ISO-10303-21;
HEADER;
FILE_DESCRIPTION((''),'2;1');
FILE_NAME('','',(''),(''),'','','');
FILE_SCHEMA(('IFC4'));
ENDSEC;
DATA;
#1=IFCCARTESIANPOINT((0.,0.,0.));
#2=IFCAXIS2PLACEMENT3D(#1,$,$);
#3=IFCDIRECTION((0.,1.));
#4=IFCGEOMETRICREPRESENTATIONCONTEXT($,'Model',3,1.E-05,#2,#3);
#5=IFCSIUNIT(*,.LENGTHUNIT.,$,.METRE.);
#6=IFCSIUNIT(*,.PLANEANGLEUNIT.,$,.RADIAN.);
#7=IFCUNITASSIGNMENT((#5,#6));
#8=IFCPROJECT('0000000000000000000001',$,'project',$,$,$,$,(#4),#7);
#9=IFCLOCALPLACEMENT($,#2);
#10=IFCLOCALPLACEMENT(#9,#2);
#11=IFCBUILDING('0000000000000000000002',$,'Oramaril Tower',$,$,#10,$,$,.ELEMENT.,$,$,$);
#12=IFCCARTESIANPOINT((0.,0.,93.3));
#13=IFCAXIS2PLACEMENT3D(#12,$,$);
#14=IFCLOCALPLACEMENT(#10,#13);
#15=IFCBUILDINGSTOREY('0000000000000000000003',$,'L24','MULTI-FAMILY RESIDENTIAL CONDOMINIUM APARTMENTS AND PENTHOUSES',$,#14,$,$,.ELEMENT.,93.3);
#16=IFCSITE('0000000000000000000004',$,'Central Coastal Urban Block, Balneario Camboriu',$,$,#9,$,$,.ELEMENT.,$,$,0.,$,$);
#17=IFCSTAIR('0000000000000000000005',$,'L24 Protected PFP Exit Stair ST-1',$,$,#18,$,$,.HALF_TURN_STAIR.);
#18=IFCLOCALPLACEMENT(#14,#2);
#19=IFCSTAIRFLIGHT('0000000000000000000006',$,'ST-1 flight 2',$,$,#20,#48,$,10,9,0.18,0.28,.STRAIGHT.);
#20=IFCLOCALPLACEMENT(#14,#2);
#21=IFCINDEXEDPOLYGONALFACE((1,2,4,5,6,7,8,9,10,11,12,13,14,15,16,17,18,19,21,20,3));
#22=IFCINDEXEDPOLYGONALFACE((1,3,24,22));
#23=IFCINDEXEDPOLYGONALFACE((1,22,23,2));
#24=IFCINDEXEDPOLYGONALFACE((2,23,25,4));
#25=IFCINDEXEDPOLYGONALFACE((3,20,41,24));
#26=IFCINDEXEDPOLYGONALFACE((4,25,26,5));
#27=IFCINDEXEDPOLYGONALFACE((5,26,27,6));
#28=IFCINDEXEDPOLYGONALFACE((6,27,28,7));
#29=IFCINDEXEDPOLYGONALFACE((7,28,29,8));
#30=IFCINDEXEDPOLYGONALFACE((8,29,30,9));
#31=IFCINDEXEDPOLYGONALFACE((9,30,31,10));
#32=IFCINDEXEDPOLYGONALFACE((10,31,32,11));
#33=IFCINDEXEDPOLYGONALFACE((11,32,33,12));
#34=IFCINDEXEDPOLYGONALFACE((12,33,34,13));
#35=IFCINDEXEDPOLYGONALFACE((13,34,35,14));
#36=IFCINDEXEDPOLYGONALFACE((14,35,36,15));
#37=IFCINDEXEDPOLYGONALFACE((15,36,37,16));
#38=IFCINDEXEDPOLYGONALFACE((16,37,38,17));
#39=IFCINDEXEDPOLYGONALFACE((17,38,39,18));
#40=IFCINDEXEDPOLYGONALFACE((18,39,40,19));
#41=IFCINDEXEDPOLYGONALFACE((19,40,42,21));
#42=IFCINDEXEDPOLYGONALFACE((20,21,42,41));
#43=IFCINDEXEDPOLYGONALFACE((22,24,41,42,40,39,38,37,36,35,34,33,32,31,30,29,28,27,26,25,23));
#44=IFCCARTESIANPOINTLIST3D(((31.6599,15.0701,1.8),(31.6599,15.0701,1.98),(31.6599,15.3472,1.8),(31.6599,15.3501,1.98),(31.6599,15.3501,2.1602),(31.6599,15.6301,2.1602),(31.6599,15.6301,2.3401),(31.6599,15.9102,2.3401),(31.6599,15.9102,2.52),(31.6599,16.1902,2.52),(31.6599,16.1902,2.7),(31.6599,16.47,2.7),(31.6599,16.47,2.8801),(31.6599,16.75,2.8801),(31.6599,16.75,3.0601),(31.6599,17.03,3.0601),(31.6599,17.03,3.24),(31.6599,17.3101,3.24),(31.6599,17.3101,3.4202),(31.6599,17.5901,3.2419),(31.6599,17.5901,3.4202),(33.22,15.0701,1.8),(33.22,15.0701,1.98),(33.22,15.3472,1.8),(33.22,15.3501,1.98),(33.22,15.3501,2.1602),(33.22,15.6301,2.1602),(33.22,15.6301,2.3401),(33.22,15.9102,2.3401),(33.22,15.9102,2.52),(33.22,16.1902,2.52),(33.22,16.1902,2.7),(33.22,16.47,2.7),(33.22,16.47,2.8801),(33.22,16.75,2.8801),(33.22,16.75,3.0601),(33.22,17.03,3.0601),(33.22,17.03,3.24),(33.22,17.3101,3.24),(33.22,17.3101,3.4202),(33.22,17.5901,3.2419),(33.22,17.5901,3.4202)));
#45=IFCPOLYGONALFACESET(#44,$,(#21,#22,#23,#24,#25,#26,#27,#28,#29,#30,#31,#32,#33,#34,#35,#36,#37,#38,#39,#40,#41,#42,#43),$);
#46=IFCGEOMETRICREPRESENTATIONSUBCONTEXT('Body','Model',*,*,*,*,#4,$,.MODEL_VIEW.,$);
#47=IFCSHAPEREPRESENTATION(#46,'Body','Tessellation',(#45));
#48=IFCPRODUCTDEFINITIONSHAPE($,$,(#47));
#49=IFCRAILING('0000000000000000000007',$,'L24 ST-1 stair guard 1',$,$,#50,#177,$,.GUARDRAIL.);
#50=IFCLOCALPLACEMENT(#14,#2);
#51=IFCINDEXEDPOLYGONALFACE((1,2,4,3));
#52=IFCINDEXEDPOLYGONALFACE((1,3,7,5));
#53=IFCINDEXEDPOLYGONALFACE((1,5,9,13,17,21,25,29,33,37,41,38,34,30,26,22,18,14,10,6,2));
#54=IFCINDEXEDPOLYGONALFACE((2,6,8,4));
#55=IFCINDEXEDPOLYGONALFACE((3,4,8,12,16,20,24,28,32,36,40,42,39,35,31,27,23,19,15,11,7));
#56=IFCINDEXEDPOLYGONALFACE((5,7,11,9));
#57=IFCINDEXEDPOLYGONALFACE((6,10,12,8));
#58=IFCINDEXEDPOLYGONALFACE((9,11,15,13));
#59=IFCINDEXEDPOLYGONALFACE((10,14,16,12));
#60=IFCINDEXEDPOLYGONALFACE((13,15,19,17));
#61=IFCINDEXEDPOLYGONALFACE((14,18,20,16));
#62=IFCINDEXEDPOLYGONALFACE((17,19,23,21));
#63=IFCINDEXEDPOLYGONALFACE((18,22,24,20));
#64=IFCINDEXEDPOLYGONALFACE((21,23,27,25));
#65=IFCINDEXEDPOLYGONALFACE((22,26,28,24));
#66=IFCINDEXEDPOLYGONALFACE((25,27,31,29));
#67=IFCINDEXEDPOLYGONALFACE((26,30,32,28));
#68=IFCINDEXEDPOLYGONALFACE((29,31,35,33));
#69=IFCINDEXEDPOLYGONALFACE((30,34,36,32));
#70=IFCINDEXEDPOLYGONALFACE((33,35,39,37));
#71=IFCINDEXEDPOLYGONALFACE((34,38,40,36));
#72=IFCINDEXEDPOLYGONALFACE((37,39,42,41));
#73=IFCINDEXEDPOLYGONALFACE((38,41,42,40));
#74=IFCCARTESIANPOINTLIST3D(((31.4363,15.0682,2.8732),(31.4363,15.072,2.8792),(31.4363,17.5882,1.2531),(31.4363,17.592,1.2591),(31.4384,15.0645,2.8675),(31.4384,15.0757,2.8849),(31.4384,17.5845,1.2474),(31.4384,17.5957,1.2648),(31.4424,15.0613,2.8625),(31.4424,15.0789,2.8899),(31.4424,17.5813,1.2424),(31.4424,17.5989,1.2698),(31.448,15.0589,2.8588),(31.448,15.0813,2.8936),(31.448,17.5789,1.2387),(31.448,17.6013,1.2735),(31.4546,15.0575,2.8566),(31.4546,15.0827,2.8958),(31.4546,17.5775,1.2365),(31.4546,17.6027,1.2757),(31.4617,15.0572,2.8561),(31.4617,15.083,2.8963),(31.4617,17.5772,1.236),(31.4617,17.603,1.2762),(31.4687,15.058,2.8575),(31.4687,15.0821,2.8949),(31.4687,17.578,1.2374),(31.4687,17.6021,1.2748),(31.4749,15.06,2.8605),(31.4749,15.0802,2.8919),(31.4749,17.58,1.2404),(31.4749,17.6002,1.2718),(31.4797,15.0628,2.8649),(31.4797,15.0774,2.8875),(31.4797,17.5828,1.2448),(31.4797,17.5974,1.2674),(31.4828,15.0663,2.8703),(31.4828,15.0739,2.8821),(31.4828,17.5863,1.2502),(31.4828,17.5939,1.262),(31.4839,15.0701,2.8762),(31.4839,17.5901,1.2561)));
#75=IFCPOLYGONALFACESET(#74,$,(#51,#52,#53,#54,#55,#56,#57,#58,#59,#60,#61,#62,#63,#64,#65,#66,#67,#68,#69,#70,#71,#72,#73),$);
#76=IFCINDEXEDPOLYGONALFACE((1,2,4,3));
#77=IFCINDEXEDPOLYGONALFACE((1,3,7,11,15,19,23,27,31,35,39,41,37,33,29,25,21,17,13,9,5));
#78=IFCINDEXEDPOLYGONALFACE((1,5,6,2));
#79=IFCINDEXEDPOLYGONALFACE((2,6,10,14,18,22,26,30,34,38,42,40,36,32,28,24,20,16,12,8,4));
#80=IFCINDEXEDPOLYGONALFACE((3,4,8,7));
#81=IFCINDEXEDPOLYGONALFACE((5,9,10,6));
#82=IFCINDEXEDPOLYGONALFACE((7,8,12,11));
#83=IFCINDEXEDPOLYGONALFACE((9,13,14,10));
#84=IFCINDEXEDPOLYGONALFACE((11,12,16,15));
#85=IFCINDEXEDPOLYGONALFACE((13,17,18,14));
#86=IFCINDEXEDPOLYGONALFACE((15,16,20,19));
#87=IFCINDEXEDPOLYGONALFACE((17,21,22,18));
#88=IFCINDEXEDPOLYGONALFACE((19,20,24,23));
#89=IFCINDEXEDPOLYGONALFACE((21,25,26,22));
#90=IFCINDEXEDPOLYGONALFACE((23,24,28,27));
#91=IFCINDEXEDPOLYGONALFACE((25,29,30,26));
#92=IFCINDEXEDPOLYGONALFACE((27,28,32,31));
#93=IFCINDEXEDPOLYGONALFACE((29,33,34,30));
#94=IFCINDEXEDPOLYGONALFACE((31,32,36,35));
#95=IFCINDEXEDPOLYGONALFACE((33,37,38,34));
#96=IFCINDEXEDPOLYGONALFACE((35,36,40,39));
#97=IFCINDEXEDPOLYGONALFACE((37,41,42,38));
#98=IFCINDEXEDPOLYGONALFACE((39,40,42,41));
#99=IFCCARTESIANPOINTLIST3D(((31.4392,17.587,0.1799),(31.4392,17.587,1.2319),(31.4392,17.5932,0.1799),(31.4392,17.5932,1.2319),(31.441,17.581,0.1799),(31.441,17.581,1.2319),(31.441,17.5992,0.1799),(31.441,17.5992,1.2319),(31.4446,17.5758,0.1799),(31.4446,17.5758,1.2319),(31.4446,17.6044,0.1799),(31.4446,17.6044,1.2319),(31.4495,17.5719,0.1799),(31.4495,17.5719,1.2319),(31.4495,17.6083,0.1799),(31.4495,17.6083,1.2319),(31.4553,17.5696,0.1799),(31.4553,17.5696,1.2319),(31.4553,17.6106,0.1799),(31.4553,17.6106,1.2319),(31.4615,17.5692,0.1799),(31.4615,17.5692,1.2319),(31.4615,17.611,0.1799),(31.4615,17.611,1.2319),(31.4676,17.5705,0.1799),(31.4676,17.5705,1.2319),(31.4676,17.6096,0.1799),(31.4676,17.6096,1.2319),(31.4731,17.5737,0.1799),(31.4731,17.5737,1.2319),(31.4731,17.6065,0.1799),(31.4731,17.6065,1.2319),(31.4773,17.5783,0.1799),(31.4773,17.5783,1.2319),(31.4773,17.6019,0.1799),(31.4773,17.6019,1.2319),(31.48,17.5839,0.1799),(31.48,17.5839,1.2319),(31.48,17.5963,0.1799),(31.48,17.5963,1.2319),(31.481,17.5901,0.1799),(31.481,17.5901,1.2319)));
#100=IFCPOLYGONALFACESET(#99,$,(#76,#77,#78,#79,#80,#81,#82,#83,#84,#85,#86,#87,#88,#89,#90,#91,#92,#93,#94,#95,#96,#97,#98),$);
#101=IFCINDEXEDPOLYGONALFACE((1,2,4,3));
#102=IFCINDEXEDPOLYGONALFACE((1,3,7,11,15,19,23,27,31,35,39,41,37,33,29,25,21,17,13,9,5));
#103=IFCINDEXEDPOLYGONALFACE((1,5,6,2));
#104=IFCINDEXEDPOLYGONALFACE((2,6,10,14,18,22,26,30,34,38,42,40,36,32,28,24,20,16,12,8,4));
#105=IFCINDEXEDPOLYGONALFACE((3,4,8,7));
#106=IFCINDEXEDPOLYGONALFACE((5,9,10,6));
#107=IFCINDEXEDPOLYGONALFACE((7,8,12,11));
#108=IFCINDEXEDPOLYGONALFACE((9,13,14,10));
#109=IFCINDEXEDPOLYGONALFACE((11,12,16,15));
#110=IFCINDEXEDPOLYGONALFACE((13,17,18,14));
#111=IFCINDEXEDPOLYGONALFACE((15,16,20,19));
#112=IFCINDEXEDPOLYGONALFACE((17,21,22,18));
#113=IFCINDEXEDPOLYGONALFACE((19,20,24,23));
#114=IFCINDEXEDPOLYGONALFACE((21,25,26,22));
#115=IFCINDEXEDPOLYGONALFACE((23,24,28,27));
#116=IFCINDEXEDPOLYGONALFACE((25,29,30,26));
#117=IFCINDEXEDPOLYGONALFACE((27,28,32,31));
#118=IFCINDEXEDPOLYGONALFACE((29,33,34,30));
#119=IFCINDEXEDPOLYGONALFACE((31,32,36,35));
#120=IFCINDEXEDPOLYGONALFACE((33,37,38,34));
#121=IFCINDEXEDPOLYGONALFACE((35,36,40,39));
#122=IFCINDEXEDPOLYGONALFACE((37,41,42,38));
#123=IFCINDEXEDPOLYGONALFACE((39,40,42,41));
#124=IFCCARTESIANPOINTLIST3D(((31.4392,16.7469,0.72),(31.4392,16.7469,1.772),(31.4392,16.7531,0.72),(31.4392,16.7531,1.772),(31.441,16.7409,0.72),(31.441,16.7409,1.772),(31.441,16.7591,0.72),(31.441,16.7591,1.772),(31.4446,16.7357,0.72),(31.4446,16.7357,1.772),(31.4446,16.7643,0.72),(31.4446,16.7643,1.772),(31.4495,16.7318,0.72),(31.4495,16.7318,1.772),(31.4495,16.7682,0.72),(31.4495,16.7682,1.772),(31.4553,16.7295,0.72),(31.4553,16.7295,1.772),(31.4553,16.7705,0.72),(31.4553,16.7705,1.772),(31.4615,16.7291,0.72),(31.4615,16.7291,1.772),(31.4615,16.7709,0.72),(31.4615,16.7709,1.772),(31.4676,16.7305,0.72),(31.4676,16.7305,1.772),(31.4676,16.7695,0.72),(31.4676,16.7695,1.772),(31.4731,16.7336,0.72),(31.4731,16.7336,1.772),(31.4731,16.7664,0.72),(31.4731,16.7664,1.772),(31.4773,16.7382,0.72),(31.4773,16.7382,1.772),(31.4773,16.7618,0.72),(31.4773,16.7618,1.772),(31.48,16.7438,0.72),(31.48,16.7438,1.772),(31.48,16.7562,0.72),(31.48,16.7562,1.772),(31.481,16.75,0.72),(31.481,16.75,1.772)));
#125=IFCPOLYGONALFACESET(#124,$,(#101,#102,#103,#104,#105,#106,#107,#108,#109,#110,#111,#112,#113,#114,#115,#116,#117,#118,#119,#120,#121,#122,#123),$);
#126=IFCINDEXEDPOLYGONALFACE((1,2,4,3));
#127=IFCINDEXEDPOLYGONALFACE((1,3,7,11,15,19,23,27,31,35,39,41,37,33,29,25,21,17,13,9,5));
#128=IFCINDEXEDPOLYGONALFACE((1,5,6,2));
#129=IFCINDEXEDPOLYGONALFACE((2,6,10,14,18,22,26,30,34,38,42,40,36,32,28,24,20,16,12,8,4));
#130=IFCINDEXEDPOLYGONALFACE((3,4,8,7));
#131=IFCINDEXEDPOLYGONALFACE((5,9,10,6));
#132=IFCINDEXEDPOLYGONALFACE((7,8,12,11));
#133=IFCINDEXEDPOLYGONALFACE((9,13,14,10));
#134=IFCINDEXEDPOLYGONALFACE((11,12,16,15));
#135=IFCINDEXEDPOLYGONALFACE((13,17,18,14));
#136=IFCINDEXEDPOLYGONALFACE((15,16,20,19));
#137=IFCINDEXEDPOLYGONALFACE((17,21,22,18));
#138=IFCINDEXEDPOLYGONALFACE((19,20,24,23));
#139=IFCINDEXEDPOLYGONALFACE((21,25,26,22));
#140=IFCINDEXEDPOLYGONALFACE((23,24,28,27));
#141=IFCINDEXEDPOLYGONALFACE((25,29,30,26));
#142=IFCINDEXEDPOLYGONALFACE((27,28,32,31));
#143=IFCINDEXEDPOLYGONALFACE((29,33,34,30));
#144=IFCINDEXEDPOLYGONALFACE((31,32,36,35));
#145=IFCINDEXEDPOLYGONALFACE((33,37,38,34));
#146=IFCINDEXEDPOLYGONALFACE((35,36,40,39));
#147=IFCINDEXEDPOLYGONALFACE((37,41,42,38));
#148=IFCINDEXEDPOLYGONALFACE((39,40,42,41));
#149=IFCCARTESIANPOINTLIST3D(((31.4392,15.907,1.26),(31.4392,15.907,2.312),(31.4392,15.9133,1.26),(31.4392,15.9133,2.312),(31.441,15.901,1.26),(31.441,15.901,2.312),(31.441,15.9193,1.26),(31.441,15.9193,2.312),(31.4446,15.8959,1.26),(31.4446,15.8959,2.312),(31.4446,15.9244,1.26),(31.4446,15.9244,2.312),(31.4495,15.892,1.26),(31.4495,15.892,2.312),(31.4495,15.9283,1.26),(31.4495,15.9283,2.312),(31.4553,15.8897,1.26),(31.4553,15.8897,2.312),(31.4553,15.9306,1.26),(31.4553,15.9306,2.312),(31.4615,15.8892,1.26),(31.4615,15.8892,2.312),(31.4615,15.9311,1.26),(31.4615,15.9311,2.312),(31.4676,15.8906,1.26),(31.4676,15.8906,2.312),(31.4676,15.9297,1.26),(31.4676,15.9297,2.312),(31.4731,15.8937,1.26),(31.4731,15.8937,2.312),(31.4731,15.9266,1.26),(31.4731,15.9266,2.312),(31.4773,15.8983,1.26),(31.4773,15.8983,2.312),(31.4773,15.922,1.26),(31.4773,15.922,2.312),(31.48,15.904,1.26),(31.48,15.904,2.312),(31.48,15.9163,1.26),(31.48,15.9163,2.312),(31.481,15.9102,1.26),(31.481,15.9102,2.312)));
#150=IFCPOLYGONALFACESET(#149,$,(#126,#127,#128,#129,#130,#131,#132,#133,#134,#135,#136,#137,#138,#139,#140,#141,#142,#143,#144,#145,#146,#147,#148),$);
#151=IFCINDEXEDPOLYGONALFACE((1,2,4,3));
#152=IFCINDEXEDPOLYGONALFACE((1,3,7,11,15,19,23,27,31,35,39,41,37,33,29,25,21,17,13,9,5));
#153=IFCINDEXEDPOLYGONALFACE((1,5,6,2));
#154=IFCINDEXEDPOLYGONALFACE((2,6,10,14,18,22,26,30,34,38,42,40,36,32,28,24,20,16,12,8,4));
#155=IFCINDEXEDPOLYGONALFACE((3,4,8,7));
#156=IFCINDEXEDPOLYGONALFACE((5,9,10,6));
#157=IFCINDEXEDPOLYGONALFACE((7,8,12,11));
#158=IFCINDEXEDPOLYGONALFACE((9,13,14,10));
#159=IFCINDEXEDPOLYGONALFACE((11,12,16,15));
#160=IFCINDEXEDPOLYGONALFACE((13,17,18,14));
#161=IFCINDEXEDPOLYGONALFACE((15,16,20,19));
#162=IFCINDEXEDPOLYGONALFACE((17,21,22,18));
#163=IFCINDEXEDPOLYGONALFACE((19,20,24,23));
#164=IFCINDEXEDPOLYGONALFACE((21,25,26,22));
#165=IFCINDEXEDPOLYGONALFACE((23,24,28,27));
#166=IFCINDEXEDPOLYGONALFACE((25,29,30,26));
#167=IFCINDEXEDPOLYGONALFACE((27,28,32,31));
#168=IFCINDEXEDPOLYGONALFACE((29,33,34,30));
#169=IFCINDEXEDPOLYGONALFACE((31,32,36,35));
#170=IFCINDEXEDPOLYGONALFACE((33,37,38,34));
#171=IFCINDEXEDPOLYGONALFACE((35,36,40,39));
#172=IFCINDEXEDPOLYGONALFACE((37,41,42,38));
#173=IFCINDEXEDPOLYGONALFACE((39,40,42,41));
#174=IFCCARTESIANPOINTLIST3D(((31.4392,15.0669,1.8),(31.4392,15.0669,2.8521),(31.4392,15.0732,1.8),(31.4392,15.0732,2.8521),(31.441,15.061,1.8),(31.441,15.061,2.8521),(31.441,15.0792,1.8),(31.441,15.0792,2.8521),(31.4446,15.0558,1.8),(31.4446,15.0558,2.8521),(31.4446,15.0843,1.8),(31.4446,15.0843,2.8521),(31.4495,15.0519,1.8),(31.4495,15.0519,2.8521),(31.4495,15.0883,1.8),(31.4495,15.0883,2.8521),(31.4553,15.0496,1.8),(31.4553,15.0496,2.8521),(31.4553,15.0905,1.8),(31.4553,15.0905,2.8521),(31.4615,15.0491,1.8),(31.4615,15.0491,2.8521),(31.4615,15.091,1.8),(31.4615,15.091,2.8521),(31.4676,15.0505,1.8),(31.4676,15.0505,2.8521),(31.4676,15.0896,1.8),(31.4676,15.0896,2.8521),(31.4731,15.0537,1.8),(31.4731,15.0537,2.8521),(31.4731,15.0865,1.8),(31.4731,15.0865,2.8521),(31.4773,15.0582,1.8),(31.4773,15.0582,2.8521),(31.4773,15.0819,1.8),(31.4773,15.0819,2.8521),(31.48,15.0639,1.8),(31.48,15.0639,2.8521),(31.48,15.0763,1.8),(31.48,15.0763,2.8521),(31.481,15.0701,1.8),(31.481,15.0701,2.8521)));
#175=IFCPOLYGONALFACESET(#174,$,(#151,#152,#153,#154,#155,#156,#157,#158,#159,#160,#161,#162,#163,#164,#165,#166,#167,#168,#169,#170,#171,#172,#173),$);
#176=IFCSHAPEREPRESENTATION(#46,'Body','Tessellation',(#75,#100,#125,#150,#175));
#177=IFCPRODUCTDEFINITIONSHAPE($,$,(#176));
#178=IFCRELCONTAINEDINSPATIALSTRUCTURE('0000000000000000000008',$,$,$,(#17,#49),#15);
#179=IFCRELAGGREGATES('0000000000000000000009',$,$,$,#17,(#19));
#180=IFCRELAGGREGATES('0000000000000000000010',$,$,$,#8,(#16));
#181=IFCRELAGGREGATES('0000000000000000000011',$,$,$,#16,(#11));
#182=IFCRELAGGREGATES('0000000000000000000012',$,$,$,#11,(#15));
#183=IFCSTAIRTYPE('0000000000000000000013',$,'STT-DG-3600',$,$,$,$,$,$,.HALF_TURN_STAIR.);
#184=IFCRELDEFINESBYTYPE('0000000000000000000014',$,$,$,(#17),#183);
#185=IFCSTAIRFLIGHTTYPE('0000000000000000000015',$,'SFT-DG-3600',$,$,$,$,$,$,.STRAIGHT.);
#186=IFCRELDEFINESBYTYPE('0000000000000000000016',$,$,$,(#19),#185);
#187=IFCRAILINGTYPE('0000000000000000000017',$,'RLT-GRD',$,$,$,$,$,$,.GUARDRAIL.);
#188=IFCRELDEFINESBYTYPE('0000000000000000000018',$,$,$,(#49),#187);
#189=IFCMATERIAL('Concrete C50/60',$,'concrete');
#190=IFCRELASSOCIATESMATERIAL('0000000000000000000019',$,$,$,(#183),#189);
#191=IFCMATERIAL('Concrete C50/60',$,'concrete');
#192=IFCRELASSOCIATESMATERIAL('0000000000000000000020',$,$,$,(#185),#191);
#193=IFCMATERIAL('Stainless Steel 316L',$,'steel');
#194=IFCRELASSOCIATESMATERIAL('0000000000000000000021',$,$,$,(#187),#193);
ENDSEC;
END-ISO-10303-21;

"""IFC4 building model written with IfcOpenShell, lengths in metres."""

from ifc_helpers import new_model, si_unit, direction, frame, origin, origin_2d, place, context, subcontext, project, spatial, polyline, circle, outline, extrude, material, type_object, element, aggregate, save


model = new_model("IFC4")

# Units and contexts
model_context = context("Model", 3, precision=1e-05, world=origin(), true_north=direction((0.0, 1.0)))
body_context = subcontext(model_context, "Body", "Model", "MODEL_VIEW")
ifc_project = project(units=[si_unit("LENGTHUNIT", "METRE"), si_unit("PLANEANGLEUNIT", "RADIAN")], contexts=[model_context])

# Site, building, storey
site_placement = place(None, origin())
site = spatial("IfcSite", under=ifc_project, at=site_placement, Name="Central Coastal Urban Block, Balneario Camboriu", CompositionType="ELEMENT", RefElevation=0.0)
building_placement = place(site_placement, origin())
building = spatial("IfcBuilding", under=site, at=building_placement, Name="Oramaril Tower", CompositionType="ELEMENT")
storey_placement = place(building_placement, frame((0.0, 0.0, 93.3)))
storey = spatial("IfcBuildingStorey", under=building, at=storey_placement, Name="L24", Description="MULTI-FAMILY RESIDENTIAL CONDOMINIUM APARTMENTS AND PENTHOUSES", CompositionType="ELEMENT", Elevation=93.3)

# Stair, stair flight
ifc_material_1 = material(Name="Concrete C50/60", Category="concrete")
stair_type = type_object("IfcStairType", Name="STT-DG-3600", PredefinedType="HALF_TURN_STAIR", material=ifc_material_1)
stair_placement = place(storey_placement, origin())
stair = element("IfcStair", 1, at=stair_placement, inside=storey, type_object=stair_type, Name="L24 Protected PFP Exit Stair ST-1", PredefinedType="HALF_TURN_STAIR")
ifc_material_2 = material(Name="Concrete C50/60", Category="concrete")
stair_flight_type = type_object("IfcStairFlightType", Name="SFT-DG-3600", PredefinedType="STRAIGHT", material=ifc_material_2)
stair_flight_1_placement = place(storey_placement, frame((32.4399, 15.0701, 1.8), z_axis=(0.0, 0.0, 1.0), x_axis=(0.0, 1.0, 0.0)))
stair_flight_1 = element("IfcStairFlight", 2, at=stair_flight_1_placement, type_object=stair_flight_type, Name="ST-1 flight 2", NumberOfRisers=10, NumberOfTreads=9, PredefinedType="STRAIGHT", RiserHeight=0.18, TreadLength=0.28, context=body_context, shape_type="SweptSolid", body=[
    extrude(outline(polyline([(0.0, 0.0), (0.0, 0.1799), (0.28, 0.1799), (0.28, 0.3601), (0.5601, 0.3601), (0.5601, 0.54), (0.8401, 0.54), (0.8401, 0.72), (1.1201, 0.72), (1.1201, 0.8999), (1.3999, 0.8999), (1.3999, 1.0801), (1.6799, 1.0801), (1.6799, 1.26), (1.96, 1.26), (1.96, 1.4399), (2.24, 1.4399), (2.24, 1.6201), (2.52, 1.6201), (2.52, 1.8), (2.52, 1.4419), (0.2771, 0.0), (0.0, 0.0)])), frame((0.0, 0.78, 0.0), z_axis=(0.0, -1.0, 0.0), x_axis=(1.0, 0.0, 0.0)), (0.0, 0.0, 1.0), 1.5601),
])
aggregate(stair, [stair_flight_1])

# Railing
ifc_material_3 = material(Name="Stainless Steel 316L", Category="steel")
railing_type_1 = type_object("IfcRailingType", Name="RLT-GRD", PredefinedType="GUARDRAIL", material=ifc_material_3)
railing_1_placement = place(storey_placement, frame((31.46, 17.5901, 0.1799)))
element("IfcRailing", 3, at=railing_1_placement, inside=storey, type_object=railing_type_1, Name="L24 ST-1 stair guard 1", PredefinedType="GUARDRAIL", context=body_context, shape_type="SweptSolid", body=[
    extrude(circle(Radius=0.0239, at=origin_2d()), frame((0.0, 0.0, 1.0762), z_axis=(0.0, -0.841163, 0.540782), x_axis=(1.0, 0.0, 0.0)), (0.0, 0.0, 1.0), 2.9958),
    extrude(circle(Radius=0.021, at=origin_2d()), origin(), (0.0, 0.0, 1.0), 1.052),
    extrude(circle(Radius=0.021, at=origin_2d()), frame((0.0, -0.8401, 0.54)), (0.0, 0.0, 1.0), 1.052),
    extrude(circle(Radius=0.021, at=origin_2d()), frame((0.0, -1.6799, 1.0801)), (0.0, 0.0, 1.0), 1.052),
    extrude(circle(Radius=0.021, at=origin_2d()), frame((0.0, -2.52, 1.6201)), (0.0, 0.0, 1.0), 1.052),
])

save(model, "model.ifc")
